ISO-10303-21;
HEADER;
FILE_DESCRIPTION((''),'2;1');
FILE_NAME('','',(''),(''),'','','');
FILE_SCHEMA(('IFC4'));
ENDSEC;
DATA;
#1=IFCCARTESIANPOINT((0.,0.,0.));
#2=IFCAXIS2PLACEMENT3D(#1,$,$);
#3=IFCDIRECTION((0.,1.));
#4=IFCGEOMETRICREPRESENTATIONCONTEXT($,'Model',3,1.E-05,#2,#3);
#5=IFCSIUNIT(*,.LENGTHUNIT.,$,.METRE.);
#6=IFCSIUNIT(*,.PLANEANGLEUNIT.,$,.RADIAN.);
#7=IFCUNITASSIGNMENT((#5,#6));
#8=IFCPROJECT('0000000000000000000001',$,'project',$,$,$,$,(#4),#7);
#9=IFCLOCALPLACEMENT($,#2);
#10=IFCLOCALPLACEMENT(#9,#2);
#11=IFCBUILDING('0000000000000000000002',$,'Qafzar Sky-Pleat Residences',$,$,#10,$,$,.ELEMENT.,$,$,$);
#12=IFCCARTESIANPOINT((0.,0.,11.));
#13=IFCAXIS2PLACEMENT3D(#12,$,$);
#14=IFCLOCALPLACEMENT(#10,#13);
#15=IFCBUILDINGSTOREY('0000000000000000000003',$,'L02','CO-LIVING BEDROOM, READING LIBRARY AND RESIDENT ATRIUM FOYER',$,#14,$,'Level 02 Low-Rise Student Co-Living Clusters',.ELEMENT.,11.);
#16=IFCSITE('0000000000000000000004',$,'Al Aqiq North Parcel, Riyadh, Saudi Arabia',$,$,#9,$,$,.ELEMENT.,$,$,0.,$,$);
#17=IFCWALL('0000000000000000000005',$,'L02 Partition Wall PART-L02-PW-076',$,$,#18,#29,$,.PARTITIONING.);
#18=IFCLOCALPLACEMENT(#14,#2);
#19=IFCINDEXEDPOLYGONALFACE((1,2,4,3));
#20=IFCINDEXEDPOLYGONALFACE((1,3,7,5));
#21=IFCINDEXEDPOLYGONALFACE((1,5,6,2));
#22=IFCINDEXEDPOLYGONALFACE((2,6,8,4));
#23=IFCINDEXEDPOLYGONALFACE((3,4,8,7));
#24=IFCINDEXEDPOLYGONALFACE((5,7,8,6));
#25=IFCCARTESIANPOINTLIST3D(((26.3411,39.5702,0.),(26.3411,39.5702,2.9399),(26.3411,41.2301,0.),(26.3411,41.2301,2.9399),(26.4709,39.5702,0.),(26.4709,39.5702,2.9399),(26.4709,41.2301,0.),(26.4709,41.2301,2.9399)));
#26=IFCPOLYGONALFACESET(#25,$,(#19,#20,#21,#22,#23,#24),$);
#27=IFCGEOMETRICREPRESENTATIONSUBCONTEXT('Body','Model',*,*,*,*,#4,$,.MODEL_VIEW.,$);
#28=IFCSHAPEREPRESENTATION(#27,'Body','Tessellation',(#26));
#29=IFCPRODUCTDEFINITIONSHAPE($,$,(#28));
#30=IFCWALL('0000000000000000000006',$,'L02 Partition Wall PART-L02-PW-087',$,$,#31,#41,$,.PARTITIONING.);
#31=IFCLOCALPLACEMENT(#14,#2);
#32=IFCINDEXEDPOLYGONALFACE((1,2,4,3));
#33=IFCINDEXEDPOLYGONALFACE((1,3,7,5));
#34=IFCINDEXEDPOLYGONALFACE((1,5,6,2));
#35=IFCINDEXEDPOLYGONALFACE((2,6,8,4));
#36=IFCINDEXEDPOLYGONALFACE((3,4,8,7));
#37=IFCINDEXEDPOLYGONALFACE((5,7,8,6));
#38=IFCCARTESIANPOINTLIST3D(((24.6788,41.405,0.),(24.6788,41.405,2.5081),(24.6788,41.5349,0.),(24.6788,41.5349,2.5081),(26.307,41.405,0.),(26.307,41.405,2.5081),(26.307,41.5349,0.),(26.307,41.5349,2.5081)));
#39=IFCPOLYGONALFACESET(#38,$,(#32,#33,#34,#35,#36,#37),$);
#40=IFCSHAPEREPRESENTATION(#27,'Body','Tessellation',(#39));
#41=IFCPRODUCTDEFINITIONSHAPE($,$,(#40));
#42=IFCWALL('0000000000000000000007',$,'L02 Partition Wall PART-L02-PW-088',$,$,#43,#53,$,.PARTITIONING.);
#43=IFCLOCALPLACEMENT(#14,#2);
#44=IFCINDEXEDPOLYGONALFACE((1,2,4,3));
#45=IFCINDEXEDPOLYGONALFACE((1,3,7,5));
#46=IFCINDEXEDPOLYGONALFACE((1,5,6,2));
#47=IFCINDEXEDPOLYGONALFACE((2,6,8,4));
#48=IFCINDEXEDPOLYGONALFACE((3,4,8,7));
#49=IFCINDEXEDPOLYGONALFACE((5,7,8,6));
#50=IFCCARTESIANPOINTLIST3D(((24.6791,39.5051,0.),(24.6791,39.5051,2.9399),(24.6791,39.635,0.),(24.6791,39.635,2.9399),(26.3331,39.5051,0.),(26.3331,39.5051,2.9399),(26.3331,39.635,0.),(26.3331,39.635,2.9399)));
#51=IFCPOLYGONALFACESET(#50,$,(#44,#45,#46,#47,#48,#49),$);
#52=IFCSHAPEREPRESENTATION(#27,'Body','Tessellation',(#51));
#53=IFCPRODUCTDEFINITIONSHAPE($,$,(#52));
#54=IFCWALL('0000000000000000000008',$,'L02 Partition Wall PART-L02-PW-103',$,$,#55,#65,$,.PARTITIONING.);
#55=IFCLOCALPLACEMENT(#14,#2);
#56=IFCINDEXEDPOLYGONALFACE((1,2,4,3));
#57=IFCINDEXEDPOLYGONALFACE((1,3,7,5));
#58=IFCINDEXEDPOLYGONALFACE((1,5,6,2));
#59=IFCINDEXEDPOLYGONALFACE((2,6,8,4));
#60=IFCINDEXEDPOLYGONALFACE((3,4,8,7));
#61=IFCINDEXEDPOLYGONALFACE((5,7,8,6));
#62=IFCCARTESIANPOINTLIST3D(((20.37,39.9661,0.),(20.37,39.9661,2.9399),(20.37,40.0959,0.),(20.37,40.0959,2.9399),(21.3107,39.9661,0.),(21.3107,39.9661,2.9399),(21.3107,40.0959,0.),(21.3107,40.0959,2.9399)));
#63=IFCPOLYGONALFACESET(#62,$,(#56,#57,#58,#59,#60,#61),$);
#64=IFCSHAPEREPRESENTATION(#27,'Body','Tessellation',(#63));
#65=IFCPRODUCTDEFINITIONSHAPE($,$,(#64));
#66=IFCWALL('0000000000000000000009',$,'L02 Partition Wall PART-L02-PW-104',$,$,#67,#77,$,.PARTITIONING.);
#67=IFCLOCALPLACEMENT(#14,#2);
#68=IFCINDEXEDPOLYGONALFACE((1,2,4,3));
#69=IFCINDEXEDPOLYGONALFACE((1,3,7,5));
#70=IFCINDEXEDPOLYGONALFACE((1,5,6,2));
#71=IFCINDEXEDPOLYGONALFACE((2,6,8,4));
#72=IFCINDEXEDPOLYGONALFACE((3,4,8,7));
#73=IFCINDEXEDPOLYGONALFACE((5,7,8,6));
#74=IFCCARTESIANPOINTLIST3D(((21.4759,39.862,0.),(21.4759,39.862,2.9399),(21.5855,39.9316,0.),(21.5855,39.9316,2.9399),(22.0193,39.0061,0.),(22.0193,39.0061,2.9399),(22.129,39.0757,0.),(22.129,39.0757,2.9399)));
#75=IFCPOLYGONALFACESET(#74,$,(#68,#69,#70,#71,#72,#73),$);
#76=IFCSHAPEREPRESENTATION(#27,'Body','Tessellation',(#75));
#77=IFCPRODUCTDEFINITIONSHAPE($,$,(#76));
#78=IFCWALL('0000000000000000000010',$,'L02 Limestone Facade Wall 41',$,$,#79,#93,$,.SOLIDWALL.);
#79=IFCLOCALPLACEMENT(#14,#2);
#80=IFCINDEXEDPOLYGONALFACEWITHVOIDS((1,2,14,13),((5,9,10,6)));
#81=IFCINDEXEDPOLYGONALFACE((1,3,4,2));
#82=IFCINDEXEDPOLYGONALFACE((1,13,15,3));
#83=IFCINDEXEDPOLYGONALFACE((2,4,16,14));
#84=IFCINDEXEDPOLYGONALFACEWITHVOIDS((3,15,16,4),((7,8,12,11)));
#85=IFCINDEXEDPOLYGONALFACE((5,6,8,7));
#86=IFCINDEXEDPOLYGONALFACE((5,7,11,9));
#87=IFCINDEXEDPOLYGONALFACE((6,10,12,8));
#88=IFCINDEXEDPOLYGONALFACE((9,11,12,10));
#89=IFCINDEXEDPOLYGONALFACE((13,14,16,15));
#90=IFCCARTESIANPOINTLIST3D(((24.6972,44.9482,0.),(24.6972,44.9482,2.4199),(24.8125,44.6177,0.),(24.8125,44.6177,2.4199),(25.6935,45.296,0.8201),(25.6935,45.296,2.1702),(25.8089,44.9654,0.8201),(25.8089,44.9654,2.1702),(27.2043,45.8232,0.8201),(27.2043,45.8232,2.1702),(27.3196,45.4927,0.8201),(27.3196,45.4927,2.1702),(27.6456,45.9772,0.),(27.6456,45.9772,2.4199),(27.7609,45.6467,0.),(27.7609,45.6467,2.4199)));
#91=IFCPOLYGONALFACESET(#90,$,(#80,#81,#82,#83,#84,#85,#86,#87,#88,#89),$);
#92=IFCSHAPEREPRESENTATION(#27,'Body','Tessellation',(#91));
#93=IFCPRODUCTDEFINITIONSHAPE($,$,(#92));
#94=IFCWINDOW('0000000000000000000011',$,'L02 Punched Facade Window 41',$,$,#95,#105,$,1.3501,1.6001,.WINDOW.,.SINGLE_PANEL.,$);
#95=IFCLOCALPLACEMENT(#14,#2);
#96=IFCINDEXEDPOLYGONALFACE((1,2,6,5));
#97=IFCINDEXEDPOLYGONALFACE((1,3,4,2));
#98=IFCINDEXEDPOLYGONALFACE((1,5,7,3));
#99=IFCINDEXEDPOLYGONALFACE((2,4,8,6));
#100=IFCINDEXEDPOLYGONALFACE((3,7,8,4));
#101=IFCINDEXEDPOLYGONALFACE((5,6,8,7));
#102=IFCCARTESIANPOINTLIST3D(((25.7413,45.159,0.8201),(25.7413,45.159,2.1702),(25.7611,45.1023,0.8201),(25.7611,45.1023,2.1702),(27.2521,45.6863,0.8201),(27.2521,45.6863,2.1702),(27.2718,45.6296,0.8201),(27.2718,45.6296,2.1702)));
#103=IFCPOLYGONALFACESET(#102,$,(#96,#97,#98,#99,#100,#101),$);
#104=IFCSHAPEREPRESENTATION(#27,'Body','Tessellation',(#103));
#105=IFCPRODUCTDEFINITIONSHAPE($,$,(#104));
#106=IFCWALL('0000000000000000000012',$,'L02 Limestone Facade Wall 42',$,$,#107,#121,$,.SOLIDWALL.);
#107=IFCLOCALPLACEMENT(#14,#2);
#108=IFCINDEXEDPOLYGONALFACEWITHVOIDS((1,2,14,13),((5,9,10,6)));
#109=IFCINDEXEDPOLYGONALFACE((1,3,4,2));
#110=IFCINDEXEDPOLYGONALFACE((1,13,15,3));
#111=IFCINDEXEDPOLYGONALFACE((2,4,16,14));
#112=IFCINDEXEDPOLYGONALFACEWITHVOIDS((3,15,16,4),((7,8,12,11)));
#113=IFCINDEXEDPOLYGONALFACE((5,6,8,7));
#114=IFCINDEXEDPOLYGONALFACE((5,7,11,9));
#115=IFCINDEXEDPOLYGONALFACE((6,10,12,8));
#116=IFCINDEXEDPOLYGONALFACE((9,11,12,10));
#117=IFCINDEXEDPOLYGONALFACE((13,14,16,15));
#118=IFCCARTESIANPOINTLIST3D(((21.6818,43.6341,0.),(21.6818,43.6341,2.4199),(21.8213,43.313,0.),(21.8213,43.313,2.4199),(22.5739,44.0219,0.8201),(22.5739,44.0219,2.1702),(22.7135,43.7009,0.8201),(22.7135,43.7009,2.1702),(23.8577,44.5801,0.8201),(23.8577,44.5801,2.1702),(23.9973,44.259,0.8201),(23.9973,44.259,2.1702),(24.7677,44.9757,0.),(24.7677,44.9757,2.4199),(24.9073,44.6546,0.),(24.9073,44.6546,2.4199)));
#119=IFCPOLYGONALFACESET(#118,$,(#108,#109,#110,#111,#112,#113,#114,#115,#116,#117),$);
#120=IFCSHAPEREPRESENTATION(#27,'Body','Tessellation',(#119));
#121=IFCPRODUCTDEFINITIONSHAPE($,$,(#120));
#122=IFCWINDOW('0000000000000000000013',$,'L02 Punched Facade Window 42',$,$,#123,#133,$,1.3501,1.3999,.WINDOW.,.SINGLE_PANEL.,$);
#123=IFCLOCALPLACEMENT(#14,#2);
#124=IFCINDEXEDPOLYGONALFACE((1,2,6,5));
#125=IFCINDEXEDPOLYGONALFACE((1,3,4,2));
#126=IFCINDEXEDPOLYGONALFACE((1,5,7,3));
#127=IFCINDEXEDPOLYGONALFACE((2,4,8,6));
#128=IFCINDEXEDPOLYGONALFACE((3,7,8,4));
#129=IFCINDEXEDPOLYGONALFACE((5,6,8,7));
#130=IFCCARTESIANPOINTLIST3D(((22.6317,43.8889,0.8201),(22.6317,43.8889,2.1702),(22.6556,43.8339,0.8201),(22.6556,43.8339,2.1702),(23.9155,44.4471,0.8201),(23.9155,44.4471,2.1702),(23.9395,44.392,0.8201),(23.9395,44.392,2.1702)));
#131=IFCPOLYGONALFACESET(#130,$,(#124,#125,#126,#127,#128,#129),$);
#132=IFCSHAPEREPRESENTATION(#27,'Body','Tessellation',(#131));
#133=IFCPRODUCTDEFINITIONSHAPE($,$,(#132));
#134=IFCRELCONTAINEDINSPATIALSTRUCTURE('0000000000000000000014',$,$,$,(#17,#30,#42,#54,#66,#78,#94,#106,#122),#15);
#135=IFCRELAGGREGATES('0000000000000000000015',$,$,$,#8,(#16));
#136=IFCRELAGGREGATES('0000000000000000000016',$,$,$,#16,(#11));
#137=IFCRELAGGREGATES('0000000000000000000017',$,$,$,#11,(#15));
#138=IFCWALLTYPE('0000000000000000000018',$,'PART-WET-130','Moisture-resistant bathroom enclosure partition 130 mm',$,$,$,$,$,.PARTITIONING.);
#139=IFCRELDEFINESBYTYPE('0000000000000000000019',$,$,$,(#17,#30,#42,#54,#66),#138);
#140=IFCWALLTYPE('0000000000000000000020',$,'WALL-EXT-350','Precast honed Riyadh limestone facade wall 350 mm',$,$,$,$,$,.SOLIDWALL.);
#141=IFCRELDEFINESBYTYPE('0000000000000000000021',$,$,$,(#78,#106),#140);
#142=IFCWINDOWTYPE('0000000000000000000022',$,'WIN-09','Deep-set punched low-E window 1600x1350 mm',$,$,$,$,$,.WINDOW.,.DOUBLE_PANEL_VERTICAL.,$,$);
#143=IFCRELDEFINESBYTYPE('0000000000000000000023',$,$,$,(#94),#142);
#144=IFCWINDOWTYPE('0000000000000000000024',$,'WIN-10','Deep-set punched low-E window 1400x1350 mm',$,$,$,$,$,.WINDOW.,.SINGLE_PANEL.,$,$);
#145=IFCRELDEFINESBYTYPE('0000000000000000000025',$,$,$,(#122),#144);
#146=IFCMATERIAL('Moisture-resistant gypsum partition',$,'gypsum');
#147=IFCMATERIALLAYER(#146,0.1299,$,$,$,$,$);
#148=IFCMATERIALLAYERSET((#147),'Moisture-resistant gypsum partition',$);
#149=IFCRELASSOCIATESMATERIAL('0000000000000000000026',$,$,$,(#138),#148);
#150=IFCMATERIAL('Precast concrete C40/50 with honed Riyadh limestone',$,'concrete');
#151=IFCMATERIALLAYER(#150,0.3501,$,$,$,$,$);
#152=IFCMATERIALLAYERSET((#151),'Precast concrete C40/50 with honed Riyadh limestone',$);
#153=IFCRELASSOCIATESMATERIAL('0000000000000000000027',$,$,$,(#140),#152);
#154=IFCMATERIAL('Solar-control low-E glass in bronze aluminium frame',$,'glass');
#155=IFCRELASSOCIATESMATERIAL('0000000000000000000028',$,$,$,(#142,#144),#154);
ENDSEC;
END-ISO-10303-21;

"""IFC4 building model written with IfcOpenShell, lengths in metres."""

from ifc_helpers import new_model, si_unit, direction, frame, frame_2d, origin, place, context, subcontext, project, spatial, rectangle, extrude, source, transform, mapped, material, layer, layer_set, type_object, element, fill, save


model = new_model("IFC4")

# Units and contexts
model_context = context("Model", 3, precision=1e-05, world=origin(), true_north=direction((0.0, 1.0)))
body_context = subcontext(model_context, "Body", "Model", "MODEL_VIEW")
ifc_project = project(units=[si_unit("LENGTHUNIT", "METRE"), si_unit("PLANEANGLEUNIT", "RADIAN")], contexts=[model_context])

# Site, building, storey
site_placement = place(None, origin())
site = spatial("IfcSite", under=ifc_project, at=site_placement, Name="Al Aqiq North Parcel, Riyadh, Saudi Arabia", CompositionType="ELEMENT", RefElevation=0.0)
building_placement = place(site_placement, origin())
building = spatial("IfcBuilding", under=site, at=building_placement, Name="Qafzar Sky-Pleat Residences", CompositionType="ELEMENT")
storey_placement = place(building_placement, frame((0.0, 0.0, 11.0)))
storey = spatial("IfcBuildingStorey", under=building, at=storey_placement, Name="L02", Description="CO-LIVING BEDROOM, READING LIBRARY AND RESIDENT ATRIUM FOYER", LongName="Level 02 Low-Rise Student Co-Living Clusters", CompositionType="ELEMENT", Elevation=11.0)

# Shared definitions
ifc_material_1 = material(Name="Moisture-resistant gypsum partition", Category="gypsum")
ifc_layer_1 = layer(ifc_material_1, 0.1299)
ifc_layer_set_1 = layer_set([ifc_layer_1], Name="Moisture-resistant gypsum partition")
wall_type_1 = type_object("IfcWallType", Name="PART-WET-130", Description="Moisture-resistant bathroom enclosure partition 130 mm", PredefinedType="PARTITIONING", material=ifc_layer_set_1)

# Walls
wall_1_placement = place(storey_placement, frame((26.406, 39.5701, 0.0), z_axis=(0.0, 0.0, 1.0), x_axis=(0.0, 1.0, 0.0)))
element("IfcWall", 1, at=wall_1_placement, inside=storey, type_object=wall_type_1, Name="L02 Partition Wall PART-L02-PW-076", PredefinedType="PARTITIONING", context=body_context, shape_type="SweptSolid", body=[
    extrude(rectangle(XDim=1.6599, YDim=0.1299, at=frame_2d((0.8301, 0.0))), origin(), (0.0, 0.0, 1.0), 2.9399),
])
wall_2_placement = place(storey_placement, frame((24.679, 41.47, 0.0), z_axis=(0.0, 0.0, 1.0), x_axis=(1.0, 0.0, 0.0)))
element("IfcWall", 2, at=wall_2_placement, inside=storey, type_object=wall_type_1, Name="L02 Partition Wall PART-L02-PW-087", PredefinedType="PARTITIONING", context=body_context, shape_type="SweptSolid", body=[
    extrude(rectangle(XDim=1.6282, YDim=0.1299, at=frame_2d((0.814, 0.0))), origin(), (0.0, 0.0, 1.0), 2.5081),
])
wall_3_placement = place(storey_placement, frame((24.679, 39.5701, 0.0), z_axis=(0.0, 0.0, 1.0), x_axis=(1.0, 0.0, 0.0)))
element("IfcWall", 3, at=wall_3_placement, inside=storey, type_object=wall_type_1, Name="L02 Partition Wall PART-L02-PW-088", PredefinedType="PARTITIONING", context=body_context, shape_type="SweptSolid", body=[
    extrude(rectangle(XDim=1.6541, YDim=0.1299, at=frame_2d((0.8271, 0.0))), origin(), (0.0, 0.0, 1.0), 2.9399),
])
wall_4_placement = place(storey_placement, frame((20.3701, 40.031, 0.0), z_axis=(0.0, 0.0, 1.0), x_axis=(1.0, 0.0, 0.0)))
element("IfcWall", 4, at=wall_4_placement, inside=storey, type_object=wall_type_1, Name="L02 Partition Wall PART-L02-PW-103", PredefinedType="PARTITIONING", context=body_context, shape_type="SweptSolid", body=[
    extrude(rectangle(XDim=0.9407, YDim=0.1299, at=frame_2d((0.4702, 0.0))), origin(), (0.0, 0.0, 1.0), 2.9399),
])
wall_5_placement = place(storey_placement, frame((21.5308, 39.8967, 0.0), z_axis=(0.0, 0.0, 1.0), x_axis=(0.536003, -0.844216, 0.0)))
element("IfcWall", 5, at=wall_5_placement, inside=storey, type_object=wall_type_1, Name="L02 Partition Wall PART-L02-PW-104", PredefinedType="PARTITIONING", context=body_context, shape_type="SweptSolid", body=[
    extrude(rectangle(XDim=1.0139, YDim=0.1299, at=frame_2d((0.5068, 0.0))), origin(), (0.0, 0.0, 1.0), 2.9399),
])

# Walls, openings, windows
ifc_material_2 = material(Name="Precast concrete C40/50 with honed Riyadh limestone", Category="concrete")
ifc_layer_2 = layer(ifc_material_2, 0.3501)
ifc_layer_set_2 = layer_set([ifc_layer_2], Name="Precast concrete C40/50 with honed Riyadh limestone")
wall_type_2 = type_object("IfcWallType", Name="WALL-EXT-350", Description="Precast honed Riyadh limestone facade wall 350 mm", PredefinedType="SOLIDWALL", material=ifc_layer_set_2)
wall_6_placement = place(storey_placement, frame((27.7034, 45.812, 0.0), z_axis=(0.0, 0.0, 1.0), x_axis=(-0.944149, -0.329518, 0.0)))
wall_6 = element("IfcWall", 6, at=wall_6_placement, inside=storey, type_object=wall_type_2, Name="L02 Limestone Facade Wall 41", PredefinedType="SOLIDWALL", context=body_context, shape_type="SweptSolid", body=[
    extrude(rectangle(XDim=3.1228, YDim=0.3501, at=frame_2d((1.5615, 0.0))), origin(), (0.0, 0.0, 1.0), 2.4199),
])
opening_1_placement = place(wall_6_placement, frame((0.4675, 0.0, 0.8201)))
opening_1 = element("IfcOpeningElement", 7, at=opening_1_placement, cuts=wall_6, PredefinedType="OPENING", context=body_context, shape_type="SweptSolid", body=[
    extrude(rectangle(XDim=1.6001, YDim=1.3501, at=frame_2d((0.8, 0.675))), frame((0.0, 0.1851, 0.0), z_axis=(0.0, -1.0, 0.0), x_axis=(1.0, 0.0, 0.0)), (0.0, 0.0, 1.0), 0.3701),
])
ifc_material_3 = material(Name="Solar-control low-E glass in bronze aluminium frame", Category="glass")
window_type_1 = type_object("IfcWindowType", Name="WIN-09", Description="Deep-set punched low-E window 1600x1350 mm", PartitioningType="DOUBLE_PANEL_VERTICAL", PredefinedType="WINDOW", material=ifc_material_3)
shared_shape_1 = source(origin(), body_context, "Body", "SweptSolid", [
    extrude(rectangle(XDim=1.6001, YDim=1.3501, at=frame_2d((0.8, 0.675))), frame((0.0, 0.03, 0.0), z_axis=(0.0, -1.0, 0.0), x_axis=(1.0, 0.0, 0.0)), (0.0, 0.0, 1.0), 0.0601),
])
window_1_placement = place(opening_1_placement, origin())
window_1 = element("IfcWindow", 8, at=window_1_placement, inside=storey, type_object=window_type_1, Name="L02 Punched Facade Window 41", OverallHeight=1.3501, OverallWidth=1.6001, PartitioningType="SINGLE_PANEL", PredefinedType="WINDOW", context=body_context, shape_type="MappedRepresentation", body=[
    mapped(shared_shape_1, transform((0.0, 0.0, 0.0), x_axis=(1.0, 0.0, 0.0), y_axis=(0.0, 1.0, 0.0), z_axis=(0.0, 0.0, 1.0), scale=1.0)),
])
fill(opening_1, window_1)
wall_7_placement = place(storey_placement, frame((24.8376, 44.8152, 0.0), z_axis=(0.0, 0.0, 1.0), x_axis=(-0.917087, -0.398686, 0.0)))
wall_7 = element("IfcWall", 9, at=wall_7_placement, inside=storey, type_object=wall_type_2, Name="L02 Limestone Facade Wall 42", PredefinedType="SOLIDWALL", context=body_context, shape_type="SweptSolid", body=[
    extrude(rectangle(XDim=3.365, YDim=0.3501, at=frame_2d((1.6826, 0.0))), origin(), (0.0, 0.0, 1.0), 2.4199),
])
opening_2_placement = place(wall_7_placement, frame((0.9924, 0.0, 0.8201)))
opening_2 = element("IfcOpeningElement", 10, at=opening_2_placement, cuts=wall_7, PredefinedType="OPENING", context=body_context, shape_type="SweptSolid", body=[
    extrude(rectangle(XDim=1.3999, YDim=1.3501, at=frame_2d((0.7, 0.675))), frame((0.0, 0.1851, 0.0), z_axis=(0.0, -1.0, 0.0), x_axis=(1.0, 0.0, 0.0)), (0.0, 0.0, 1.0), 0.3701),
])
window_type_2 = type_object("IfcWindowType", Name="WIN-10", Description="Deep-set punched low-E window 1400x1350 mm", PartitioningType="SINGLE_PANEL", PredefinedType="WINDOW", material=ifc_material_3)
shared_shape_2 = source(origin(), body_context, "Body", "SweptSolid", [
    extrude(rectangle(XDim=1.3999, YDim=1.3501, at=frame_2d((0.7, 0.675))), frame((0.0, 0.03, 0.0), z_axis=(0.0, -1.0, 0.0), x_axis=(1.0, 0.0, 0.0)), (0.0, 0.0, 1.0), 0.0601),
])
window_2_placement = place(opening_2_placement, origin())
window_2 = element("IfcWindow", 11, at=window_2_placement, inside=storey, type_object=window_type_2, Name="L02 Punched Facade Window 42", OverallHeight=1.3501, OverallWidth=1.3999, PartitioningType="SINGLE_PANEL", PredefinedType="WINDOW", context=body_context, shape_type="MappedRepresentation", body=[
    mapped(shared_shape_2, transform((0.0, 0.0, 0.0), x_axis=(1.0, 0.0, 0.0), y_axis=(0.0, 1.0, 0.0), z_axis=(0.0, 0.0, 1.0), scale=1.0)),
])
fill(opening_2, window_2)

save(model, "model.ifc")
